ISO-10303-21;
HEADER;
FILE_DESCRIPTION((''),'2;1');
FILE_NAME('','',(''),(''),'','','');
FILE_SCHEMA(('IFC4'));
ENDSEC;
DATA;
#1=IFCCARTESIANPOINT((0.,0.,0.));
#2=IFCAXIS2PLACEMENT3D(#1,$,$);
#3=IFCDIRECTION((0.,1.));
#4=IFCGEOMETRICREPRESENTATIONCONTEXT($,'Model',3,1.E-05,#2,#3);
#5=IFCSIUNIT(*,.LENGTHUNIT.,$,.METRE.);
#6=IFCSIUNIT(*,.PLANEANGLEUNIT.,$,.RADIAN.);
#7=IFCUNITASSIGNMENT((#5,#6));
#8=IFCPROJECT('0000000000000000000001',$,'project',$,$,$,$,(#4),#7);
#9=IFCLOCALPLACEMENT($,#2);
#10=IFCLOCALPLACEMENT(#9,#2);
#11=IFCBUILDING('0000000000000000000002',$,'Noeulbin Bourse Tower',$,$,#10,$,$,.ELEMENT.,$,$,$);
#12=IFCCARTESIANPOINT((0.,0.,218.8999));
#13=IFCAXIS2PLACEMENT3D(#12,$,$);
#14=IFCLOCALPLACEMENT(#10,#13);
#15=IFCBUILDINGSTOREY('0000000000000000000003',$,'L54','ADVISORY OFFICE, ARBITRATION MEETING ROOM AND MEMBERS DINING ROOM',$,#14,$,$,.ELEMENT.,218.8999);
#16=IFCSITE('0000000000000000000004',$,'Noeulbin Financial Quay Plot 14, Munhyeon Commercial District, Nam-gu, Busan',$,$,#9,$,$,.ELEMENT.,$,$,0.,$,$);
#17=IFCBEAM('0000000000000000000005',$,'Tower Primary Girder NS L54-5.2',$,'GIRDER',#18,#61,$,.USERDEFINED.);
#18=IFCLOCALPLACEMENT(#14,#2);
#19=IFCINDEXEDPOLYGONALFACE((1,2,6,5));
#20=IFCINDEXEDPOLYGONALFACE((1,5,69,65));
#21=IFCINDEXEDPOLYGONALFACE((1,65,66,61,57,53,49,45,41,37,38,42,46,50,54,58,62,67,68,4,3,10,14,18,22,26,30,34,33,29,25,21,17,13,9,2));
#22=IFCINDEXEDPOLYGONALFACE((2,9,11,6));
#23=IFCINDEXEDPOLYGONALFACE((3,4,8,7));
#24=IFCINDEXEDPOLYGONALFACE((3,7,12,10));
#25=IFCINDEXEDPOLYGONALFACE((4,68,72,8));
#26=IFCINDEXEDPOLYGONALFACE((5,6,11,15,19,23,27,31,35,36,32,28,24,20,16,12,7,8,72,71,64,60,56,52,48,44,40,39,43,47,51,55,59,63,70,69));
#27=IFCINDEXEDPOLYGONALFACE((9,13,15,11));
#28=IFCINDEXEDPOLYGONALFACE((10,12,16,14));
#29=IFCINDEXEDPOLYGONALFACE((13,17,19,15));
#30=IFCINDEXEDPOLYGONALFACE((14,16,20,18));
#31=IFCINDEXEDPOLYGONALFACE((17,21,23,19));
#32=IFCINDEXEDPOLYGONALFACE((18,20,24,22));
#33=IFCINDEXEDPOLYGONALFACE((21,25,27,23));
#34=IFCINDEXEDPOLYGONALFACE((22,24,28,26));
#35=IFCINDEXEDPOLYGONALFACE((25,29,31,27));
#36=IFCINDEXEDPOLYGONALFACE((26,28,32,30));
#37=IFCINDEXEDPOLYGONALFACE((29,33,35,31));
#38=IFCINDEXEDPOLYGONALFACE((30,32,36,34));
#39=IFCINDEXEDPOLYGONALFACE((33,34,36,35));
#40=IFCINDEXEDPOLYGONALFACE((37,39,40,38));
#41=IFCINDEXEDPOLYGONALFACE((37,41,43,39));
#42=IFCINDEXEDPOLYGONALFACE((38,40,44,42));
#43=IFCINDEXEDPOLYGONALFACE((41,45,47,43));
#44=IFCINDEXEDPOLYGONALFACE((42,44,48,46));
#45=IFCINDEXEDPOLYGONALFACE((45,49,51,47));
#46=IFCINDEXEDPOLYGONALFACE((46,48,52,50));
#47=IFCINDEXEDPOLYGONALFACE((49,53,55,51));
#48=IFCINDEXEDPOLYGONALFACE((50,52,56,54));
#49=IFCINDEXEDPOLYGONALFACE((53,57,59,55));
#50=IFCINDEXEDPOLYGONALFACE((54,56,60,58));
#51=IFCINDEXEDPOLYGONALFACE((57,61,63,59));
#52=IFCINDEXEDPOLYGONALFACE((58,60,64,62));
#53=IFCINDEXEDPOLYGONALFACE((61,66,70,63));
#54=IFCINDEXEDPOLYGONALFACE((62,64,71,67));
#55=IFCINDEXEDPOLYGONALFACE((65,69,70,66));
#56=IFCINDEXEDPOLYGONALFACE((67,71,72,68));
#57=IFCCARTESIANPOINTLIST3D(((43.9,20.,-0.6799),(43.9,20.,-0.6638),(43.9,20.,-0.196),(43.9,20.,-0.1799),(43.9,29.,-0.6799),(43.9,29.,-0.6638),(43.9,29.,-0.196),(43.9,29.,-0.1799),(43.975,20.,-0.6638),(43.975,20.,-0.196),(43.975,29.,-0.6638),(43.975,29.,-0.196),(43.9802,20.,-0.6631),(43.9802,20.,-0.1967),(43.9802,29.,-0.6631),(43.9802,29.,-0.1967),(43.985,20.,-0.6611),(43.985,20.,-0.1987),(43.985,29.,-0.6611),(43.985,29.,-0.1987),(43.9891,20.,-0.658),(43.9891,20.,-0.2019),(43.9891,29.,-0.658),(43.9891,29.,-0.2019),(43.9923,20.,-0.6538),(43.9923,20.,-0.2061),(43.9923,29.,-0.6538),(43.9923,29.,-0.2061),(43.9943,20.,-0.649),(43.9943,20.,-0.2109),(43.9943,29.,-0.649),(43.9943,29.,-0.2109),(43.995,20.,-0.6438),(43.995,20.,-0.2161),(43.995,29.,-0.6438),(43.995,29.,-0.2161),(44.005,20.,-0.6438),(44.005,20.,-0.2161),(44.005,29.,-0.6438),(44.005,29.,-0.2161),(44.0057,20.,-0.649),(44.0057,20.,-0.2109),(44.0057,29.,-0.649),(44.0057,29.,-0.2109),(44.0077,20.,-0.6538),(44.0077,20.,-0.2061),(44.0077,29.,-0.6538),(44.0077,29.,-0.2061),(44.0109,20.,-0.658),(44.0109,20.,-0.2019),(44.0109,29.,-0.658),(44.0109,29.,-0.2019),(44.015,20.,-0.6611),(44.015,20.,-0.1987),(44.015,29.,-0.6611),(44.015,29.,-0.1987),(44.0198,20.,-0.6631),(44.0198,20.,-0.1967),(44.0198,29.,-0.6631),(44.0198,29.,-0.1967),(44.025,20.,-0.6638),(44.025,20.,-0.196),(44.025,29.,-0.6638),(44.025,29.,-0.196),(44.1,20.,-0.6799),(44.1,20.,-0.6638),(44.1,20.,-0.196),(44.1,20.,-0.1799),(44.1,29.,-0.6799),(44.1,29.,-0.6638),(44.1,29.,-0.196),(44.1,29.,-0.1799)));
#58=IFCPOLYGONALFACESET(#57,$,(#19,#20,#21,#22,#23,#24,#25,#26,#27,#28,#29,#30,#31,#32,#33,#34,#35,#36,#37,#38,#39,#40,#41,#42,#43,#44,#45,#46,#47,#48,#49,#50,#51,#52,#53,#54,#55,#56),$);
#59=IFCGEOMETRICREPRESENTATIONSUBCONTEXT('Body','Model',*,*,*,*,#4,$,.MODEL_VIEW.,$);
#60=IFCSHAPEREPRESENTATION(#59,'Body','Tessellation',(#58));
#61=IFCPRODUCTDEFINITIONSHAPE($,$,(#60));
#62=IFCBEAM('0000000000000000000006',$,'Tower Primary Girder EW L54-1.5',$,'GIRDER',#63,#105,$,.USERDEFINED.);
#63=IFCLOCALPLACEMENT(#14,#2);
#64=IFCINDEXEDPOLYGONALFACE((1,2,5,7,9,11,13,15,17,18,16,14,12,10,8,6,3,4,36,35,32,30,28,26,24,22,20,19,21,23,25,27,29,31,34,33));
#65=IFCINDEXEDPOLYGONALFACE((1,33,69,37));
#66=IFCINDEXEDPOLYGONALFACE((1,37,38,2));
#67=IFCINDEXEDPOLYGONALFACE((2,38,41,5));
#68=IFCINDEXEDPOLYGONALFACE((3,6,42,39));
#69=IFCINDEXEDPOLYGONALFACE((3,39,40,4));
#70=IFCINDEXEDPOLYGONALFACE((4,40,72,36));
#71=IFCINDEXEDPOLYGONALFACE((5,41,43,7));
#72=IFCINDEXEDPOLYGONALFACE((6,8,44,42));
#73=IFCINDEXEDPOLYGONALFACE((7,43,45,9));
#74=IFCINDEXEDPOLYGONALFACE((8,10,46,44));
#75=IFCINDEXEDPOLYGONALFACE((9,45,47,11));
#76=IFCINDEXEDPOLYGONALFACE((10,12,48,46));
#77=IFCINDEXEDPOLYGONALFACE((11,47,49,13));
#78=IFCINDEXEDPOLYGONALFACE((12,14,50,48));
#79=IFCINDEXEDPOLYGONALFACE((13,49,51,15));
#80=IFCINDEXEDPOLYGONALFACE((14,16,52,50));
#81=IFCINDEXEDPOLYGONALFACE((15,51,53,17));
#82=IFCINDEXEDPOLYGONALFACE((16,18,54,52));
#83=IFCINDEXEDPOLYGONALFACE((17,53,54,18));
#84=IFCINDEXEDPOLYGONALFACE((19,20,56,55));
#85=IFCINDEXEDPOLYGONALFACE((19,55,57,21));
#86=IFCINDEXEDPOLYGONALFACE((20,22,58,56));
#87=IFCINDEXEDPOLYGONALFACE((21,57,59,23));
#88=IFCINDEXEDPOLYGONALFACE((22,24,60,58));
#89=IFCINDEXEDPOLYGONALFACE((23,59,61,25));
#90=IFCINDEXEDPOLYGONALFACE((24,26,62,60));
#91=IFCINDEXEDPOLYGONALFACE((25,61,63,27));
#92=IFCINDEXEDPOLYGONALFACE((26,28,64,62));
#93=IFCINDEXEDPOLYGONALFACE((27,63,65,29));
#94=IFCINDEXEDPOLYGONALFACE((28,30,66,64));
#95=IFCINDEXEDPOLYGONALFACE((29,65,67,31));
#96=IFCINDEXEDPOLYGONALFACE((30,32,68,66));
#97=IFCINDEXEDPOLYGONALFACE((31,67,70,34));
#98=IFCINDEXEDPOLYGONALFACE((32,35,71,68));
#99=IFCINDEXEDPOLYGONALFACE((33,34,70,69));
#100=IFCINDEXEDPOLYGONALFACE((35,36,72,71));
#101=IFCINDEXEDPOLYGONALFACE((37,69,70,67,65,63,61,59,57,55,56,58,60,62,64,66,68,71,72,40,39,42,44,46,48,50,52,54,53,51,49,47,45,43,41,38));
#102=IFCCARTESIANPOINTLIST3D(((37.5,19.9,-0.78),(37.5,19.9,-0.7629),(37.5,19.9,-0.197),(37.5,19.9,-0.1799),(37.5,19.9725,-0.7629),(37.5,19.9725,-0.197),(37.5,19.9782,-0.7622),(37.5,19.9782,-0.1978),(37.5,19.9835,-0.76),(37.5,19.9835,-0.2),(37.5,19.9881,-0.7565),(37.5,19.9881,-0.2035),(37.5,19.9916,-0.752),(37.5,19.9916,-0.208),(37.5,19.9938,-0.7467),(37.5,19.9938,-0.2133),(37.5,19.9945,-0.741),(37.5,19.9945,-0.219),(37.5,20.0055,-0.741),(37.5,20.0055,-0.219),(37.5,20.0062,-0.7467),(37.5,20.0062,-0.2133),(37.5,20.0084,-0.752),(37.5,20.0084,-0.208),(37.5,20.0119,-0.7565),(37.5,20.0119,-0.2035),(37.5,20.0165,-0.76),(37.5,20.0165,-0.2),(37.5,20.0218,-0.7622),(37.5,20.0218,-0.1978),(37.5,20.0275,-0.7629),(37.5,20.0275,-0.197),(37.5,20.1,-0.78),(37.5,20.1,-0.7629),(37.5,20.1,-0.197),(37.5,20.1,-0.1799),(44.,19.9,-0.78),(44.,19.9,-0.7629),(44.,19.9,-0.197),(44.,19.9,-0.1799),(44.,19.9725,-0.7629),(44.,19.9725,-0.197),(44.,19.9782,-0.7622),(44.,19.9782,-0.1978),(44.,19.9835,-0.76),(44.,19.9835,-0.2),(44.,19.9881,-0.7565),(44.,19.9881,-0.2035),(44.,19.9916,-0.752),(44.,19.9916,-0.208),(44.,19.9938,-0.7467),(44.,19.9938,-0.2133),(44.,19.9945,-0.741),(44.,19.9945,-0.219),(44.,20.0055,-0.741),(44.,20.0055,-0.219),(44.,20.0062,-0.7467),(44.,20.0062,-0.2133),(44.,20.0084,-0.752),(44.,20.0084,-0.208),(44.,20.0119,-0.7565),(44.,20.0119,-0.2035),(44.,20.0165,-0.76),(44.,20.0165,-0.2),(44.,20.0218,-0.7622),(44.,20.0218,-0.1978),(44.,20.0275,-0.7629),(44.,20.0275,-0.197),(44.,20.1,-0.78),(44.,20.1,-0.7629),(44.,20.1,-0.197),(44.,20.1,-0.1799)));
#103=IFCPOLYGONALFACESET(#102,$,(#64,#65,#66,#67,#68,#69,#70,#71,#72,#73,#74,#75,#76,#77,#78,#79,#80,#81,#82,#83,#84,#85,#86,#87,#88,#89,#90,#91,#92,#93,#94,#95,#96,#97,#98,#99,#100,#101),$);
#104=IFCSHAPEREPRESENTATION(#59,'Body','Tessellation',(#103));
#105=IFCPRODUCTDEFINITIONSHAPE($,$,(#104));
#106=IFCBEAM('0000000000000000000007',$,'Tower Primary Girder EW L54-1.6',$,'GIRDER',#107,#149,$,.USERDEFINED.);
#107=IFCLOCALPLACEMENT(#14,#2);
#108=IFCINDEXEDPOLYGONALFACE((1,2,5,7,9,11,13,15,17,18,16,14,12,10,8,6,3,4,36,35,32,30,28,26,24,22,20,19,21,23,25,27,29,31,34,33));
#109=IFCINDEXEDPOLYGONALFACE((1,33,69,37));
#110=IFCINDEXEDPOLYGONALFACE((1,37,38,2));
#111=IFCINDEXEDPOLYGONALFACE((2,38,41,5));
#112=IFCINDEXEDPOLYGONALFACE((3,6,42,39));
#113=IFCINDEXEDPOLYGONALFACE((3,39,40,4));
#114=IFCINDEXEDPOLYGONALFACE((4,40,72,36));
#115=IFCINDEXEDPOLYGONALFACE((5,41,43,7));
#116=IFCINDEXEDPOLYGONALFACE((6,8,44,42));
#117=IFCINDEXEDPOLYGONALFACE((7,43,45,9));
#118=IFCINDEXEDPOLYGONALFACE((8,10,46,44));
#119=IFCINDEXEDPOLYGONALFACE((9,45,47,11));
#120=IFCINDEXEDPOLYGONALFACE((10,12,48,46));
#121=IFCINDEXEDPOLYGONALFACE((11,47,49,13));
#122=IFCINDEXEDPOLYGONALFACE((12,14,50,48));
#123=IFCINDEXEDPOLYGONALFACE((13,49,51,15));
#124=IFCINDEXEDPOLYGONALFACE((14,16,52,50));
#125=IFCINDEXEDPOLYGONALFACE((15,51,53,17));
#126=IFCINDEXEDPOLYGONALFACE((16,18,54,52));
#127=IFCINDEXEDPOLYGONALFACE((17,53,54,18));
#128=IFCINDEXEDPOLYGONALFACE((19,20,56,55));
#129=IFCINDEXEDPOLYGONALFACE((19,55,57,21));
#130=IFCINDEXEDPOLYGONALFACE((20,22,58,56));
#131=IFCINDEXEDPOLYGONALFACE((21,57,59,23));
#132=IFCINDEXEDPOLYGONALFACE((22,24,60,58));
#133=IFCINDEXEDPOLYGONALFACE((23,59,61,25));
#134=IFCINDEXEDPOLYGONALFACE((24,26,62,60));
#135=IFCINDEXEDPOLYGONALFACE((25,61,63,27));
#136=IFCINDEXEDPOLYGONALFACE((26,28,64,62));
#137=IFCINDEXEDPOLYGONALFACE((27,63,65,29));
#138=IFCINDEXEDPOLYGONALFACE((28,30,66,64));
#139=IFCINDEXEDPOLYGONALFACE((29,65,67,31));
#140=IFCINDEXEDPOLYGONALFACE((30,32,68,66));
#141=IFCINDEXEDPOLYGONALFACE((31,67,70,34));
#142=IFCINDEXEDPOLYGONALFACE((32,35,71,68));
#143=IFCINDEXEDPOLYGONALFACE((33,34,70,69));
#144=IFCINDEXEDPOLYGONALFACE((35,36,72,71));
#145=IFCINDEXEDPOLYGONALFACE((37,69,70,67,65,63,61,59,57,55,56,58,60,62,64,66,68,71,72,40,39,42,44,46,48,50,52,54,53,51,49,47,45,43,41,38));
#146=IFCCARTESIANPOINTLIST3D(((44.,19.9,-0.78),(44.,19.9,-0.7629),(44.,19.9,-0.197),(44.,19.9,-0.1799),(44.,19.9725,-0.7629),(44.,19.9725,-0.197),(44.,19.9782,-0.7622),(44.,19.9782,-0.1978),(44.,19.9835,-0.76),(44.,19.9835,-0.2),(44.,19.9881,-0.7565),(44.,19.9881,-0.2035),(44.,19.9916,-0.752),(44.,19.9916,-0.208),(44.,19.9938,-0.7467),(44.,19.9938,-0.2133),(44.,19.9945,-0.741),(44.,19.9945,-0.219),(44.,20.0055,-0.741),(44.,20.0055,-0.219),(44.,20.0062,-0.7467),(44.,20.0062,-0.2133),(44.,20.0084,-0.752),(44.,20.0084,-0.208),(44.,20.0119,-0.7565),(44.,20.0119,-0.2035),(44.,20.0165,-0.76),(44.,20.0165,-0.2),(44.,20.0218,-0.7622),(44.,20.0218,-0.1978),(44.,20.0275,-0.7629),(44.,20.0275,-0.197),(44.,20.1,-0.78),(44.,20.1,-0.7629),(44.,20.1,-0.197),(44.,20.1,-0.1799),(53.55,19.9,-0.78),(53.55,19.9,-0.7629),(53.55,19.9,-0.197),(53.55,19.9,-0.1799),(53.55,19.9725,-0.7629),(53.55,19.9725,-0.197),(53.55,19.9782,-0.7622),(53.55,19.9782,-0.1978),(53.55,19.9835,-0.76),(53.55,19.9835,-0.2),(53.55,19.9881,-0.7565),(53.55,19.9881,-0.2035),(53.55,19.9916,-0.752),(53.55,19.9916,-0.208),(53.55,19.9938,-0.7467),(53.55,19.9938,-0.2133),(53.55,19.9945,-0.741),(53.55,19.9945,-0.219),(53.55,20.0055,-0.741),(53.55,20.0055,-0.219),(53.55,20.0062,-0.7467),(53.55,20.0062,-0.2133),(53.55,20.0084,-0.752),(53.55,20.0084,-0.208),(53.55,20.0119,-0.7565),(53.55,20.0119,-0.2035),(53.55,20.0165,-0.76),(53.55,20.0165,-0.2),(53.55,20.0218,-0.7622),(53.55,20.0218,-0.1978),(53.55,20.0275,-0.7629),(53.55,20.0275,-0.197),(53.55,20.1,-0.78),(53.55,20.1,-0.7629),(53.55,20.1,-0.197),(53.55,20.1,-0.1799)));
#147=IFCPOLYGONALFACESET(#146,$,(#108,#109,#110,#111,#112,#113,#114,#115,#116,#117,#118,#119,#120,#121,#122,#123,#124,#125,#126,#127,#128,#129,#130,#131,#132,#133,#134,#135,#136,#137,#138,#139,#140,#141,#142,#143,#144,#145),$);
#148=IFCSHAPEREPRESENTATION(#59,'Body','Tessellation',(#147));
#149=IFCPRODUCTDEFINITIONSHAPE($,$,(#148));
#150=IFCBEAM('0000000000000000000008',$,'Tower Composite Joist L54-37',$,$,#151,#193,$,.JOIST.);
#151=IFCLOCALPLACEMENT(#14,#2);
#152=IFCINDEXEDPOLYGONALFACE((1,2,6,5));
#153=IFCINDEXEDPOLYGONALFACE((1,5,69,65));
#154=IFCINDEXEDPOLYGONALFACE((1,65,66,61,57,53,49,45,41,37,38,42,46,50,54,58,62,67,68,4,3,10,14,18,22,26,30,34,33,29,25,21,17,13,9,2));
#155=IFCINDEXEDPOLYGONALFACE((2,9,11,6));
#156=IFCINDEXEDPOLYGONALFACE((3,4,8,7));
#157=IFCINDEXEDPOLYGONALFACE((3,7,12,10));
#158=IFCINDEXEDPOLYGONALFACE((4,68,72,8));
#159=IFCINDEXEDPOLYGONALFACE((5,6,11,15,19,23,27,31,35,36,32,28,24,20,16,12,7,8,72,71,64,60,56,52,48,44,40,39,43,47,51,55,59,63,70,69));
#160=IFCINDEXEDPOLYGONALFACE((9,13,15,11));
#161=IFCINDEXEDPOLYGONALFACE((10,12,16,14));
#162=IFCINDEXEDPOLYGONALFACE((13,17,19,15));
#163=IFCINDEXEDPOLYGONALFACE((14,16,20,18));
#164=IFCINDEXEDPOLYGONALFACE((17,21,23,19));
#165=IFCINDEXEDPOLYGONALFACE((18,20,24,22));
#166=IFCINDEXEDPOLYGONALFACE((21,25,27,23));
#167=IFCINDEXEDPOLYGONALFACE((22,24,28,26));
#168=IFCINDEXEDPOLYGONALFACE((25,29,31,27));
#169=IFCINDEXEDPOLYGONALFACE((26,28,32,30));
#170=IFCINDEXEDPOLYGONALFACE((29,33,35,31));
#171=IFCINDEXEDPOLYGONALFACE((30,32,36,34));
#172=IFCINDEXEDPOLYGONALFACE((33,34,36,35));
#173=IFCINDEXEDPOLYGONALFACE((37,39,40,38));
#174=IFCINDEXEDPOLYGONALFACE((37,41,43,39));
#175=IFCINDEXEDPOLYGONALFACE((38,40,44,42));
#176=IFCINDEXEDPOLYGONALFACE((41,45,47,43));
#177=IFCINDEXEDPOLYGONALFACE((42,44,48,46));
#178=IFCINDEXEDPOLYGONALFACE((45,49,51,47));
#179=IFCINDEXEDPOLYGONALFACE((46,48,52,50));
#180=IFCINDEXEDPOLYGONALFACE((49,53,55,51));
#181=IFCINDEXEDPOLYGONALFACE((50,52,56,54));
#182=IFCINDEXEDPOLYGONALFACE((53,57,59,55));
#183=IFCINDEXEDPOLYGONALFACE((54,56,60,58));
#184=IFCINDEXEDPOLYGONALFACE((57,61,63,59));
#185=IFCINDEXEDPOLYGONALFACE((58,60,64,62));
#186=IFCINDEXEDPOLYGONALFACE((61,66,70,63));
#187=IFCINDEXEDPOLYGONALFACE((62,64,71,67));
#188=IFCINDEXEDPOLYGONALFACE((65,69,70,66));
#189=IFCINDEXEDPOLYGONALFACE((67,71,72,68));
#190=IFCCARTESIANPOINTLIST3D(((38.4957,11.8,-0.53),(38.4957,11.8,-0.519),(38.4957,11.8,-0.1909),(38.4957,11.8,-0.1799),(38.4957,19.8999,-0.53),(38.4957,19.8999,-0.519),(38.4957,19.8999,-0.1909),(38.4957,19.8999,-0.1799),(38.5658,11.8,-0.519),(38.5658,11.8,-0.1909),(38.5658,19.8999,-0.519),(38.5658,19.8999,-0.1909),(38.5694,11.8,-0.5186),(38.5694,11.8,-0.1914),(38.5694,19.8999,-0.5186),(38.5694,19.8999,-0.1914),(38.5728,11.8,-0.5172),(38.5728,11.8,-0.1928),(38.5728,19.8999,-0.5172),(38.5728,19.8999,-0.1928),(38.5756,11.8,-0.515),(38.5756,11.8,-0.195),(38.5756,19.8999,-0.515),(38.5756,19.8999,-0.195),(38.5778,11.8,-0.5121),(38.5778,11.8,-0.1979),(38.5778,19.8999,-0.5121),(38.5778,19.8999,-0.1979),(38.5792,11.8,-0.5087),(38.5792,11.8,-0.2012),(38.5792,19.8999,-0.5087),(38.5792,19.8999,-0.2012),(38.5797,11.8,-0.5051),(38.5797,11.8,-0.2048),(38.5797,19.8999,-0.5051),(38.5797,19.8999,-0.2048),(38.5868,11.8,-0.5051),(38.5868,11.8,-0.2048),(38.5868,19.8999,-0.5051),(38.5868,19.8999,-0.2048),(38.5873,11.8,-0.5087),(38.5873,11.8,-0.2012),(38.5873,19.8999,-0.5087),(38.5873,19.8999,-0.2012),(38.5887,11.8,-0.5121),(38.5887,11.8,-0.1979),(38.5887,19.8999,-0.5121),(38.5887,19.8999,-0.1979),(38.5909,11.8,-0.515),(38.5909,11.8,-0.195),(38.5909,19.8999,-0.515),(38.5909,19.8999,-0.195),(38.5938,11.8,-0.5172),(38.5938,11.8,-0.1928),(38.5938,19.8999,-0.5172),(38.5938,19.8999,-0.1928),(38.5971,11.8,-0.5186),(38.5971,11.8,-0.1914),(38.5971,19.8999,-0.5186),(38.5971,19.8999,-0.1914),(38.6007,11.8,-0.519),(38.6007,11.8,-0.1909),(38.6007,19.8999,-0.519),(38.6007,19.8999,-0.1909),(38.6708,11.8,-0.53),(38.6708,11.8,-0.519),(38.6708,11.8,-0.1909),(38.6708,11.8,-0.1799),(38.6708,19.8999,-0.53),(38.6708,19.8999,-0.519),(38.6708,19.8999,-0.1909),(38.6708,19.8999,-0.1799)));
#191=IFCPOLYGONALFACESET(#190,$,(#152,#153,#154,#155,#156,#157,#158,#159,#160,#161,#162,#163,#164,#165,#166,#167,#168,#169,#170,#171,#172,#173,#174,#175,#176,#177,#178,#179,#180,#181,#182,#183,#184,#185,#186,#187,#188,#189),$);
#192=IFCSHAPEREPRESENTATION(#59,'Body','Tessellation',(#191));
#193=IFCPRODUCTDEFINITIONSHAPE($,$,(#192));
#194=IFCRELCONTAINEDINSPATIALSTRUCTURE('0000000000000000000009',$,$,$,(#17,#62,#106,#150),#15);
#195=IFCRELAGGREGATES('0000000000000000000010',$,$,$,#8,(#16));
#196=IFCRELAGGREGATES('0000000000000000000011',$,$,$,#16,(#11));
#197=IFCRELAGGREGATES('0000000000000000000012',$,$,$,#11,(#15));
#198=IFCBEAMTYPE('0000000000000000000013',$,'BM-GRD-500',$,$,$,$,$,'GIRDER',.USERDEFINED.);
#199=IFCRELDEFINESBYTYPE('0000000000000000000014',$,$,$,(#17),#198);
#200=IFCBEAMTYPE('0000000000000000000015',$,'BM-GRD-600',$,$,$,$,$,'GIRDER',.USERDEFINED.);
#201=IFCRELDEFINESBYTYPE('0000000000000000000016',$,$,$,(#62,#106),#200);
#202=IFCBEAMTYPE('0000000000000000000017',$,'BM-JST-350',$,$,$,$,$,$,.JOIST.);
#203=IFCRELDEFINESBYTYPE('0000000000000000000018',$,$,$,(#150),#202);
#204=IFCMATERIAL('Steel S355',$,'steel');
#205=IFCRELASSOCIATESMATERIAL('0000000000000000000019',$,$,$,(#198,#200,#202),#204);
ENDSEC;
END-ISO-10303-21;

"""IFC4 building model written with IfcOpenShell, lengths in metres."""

from ifc_helpers import new_model, si_unit, direction, frame, origin, origin_2d, place, context, subcontext, project, spatial, i_section, extrude, material, material_profile, profile_set, type_object, element, save


model = new_model("IFC4")

# Units and contexts
model_context = context("Model", 3, precision=1e-05, world=origin(), true_north=direction((0.0, 1.0)))
body_context = subcontext(model_context, "Body", "Model", "MODEL_VIEW")
ifc_project = project(units=[si_unit("LENGTHUNIT", "METRE"), si_unit("PLANEANGLEUNIT", "RADIAN")], contexts=[model_context])

# Site, building, storey
site_placement = place(None, origin())
site = spatial("IfcSite", under=ifc_project, at=site_placement, Name="Noeulbin Financial Quay Plot 14, Munhyeon Commercial District, Nam-gu, Busan", CompositionType="ELEMENT", RefElevation=0.0)
building_placement = place(site_placement, origin())
building = spatial("IfcBuilding", under=site, at=building_placement, Name="Noeulbin Bourse Tower", CompositionType="ELEMENT")
storey_placement = place(building_placement, frame((0.0, 0.0, 218.8999)))
storey = spatial("IfcBuildingStorey", under=building, at=storey_placement, Name="L54", Description="ADVISORY OFFICE, ARBITRATION MEETING ROOM AND MEMBERS DINING ROOM", CompositionType="ELEMENT", Elevation=218.8999)

# Shared definitions
ifc_material_1 = material(Name="Steel S355", Category="steel")

# Beams
ifc_material_profile_1 = material_profile(ifc_material_1, i_section(OverallWidth=0.2, OverallDepth=0.5, WebThickness=0.01, FlangeThickness=0.0161, FilletRadius=0.02, at=origin_2d()), Name="H-500x200x10x16", Category="LoadBearing")
ifc_profile_set_1 = profile_set([ifc_material_profile_1], Name="Steel S355")
beam_type_1 = type_object("IfcBeamType", Name="BM-GRD-500", ElementType="GIRDER", PredefinedType="USERDEFINED", material=ifc_profile_set_1)
beam_1_placement = place(storey_placement, frame((44.0, 20.0, -0.4299), z_axis=(0.0, 1.0, 0.0), x_axis=(-1.0, 0.0, 0.0)))
element("IfcBeam", 1, at=beam_1_placement, inside=storey, type_object=beam_type_1, Name="Tower Primary Girder NS L54-5.2", ObjectType="GIRDER", PredefinedType="USERDEFINED", context=body_context, shape_type="SweptSolid", body=[
    extrude(i_section(OverallWidth=0.2, OverallDepth=0.5, WebThickness=0.01, FlangeThickness=0.0161, FilletRadius=0.02, at=origin_2d()), origin(), (0.0, 0.0, 1.0), 9.0),
])
ifc_material_profile_2 = material_profile(ifc_material_1, i_section(OverallWidth=0.2, OverallDepth=0.6001, WebThickness=0.011, FlangeThickness=0.0171, FilletRadius=0.022, at=origin_2d()), Name="H-600x200x11x17", Category="LoadBearing")
ifc_profile_set_2 = profile_set([ifc_material_profile_2], Name="Steel S355")
beam_type_2 = type_object("IfcBeamType", Name="BM-GRD-600", ElementType="GIRDER", PredefinedType="USERDEFINED", material=ifc_profile_set_2)
beam_2_placement = place(storey_placement, frame((37.5, 20.0, -0.48), z_axis=(1.0, 0.0, 0.0), x_axis=(0.0, 1.0, 0.0)))
element("IfcBeam", 2, at=beam_2_placement, inside=storey, type_object=beam_type_2, Name="Tower Primary Girder EW L54-1.5", ObjectType="GIRDER", PredefinedType="USERDEFINED", context=body_context, shape_type="SweptSolid", body=[
    extrude(i_section(OverallWidth=0.2, OverallDepth=0.6001, WebThickness=0.011, FlangeThickness=0.0171, FilletRadius=0.022, at=origin_2d()), origin(), (0.0, 0.0, 1.0), 6.5),
])
beam_3_placement = place(storey_placement, frame((44.0, 20.0, -0.48), z_axis=(1.0, 0.0, 0.0), x_axis=(0.0, 1.0, 0.0)))
element("IfcBeam", 3, at=beam_3_placement, inside=storey, type_object=beam_type_2, Name="Tower Primary Girder EW L54-1.6", ObjectType="GIRDER", PredefinedType="USERDEFINED", context=body_context, shape_type="SweptSolid", body=[
    extrude(i_section(OverallWidth=0.2, OverallDepth=0.6001, WebThickness=0.011, FlangeThickness=0.0171, FilletRadius=0.022, at=origin_2d()), origin(), (0.0, 0.0, 1.0), 9.55),
])
ifc_material_profile_3 = material_profile(ifc_material_1, i_section(OverallWidth=0.175, OverallDepth=0.3501, WebThickness=0.0071, FlangeThickness=0.011, FilletRadius=0.0139, at=origin_2d()), Name="H-350x175x7x11", Category="LoadBearing")
ifc_profile_set_3 = profile_set([ifc_material_profile_3], Name="Steel S355")
beam_type_3 = type_object("IfcBeamType", Name="BM-JST-350", PredefinedType="JOIST", material=ifc_profile_set_3)
beam_4_placement = place(storey_placement, frame((38.5833, 11.8, -0.355), z_axis=(0.0, 1.0, 0.0), x_axis=(-1.0, 0.0, 0.0)))
element("IfcBeam", 4, at=beam_4_placement, inside=storey, type_object=beam_type_3, Name="Tower Composite Joist L54-37", PredefinedType="JOIST", context=body_context, shape_type="SweptSolid", body=[
    extrude(i_section(OverallWidth=0.175, OverallDepth=0.3501, WebThickness=0.0071, FlangeThickness=0.011, FilletRadius=0.0139, at=origin_2d()), origin(), (0.0, 0.0, 1.0), 8.0999),
])

save(model, "model.ifc")
